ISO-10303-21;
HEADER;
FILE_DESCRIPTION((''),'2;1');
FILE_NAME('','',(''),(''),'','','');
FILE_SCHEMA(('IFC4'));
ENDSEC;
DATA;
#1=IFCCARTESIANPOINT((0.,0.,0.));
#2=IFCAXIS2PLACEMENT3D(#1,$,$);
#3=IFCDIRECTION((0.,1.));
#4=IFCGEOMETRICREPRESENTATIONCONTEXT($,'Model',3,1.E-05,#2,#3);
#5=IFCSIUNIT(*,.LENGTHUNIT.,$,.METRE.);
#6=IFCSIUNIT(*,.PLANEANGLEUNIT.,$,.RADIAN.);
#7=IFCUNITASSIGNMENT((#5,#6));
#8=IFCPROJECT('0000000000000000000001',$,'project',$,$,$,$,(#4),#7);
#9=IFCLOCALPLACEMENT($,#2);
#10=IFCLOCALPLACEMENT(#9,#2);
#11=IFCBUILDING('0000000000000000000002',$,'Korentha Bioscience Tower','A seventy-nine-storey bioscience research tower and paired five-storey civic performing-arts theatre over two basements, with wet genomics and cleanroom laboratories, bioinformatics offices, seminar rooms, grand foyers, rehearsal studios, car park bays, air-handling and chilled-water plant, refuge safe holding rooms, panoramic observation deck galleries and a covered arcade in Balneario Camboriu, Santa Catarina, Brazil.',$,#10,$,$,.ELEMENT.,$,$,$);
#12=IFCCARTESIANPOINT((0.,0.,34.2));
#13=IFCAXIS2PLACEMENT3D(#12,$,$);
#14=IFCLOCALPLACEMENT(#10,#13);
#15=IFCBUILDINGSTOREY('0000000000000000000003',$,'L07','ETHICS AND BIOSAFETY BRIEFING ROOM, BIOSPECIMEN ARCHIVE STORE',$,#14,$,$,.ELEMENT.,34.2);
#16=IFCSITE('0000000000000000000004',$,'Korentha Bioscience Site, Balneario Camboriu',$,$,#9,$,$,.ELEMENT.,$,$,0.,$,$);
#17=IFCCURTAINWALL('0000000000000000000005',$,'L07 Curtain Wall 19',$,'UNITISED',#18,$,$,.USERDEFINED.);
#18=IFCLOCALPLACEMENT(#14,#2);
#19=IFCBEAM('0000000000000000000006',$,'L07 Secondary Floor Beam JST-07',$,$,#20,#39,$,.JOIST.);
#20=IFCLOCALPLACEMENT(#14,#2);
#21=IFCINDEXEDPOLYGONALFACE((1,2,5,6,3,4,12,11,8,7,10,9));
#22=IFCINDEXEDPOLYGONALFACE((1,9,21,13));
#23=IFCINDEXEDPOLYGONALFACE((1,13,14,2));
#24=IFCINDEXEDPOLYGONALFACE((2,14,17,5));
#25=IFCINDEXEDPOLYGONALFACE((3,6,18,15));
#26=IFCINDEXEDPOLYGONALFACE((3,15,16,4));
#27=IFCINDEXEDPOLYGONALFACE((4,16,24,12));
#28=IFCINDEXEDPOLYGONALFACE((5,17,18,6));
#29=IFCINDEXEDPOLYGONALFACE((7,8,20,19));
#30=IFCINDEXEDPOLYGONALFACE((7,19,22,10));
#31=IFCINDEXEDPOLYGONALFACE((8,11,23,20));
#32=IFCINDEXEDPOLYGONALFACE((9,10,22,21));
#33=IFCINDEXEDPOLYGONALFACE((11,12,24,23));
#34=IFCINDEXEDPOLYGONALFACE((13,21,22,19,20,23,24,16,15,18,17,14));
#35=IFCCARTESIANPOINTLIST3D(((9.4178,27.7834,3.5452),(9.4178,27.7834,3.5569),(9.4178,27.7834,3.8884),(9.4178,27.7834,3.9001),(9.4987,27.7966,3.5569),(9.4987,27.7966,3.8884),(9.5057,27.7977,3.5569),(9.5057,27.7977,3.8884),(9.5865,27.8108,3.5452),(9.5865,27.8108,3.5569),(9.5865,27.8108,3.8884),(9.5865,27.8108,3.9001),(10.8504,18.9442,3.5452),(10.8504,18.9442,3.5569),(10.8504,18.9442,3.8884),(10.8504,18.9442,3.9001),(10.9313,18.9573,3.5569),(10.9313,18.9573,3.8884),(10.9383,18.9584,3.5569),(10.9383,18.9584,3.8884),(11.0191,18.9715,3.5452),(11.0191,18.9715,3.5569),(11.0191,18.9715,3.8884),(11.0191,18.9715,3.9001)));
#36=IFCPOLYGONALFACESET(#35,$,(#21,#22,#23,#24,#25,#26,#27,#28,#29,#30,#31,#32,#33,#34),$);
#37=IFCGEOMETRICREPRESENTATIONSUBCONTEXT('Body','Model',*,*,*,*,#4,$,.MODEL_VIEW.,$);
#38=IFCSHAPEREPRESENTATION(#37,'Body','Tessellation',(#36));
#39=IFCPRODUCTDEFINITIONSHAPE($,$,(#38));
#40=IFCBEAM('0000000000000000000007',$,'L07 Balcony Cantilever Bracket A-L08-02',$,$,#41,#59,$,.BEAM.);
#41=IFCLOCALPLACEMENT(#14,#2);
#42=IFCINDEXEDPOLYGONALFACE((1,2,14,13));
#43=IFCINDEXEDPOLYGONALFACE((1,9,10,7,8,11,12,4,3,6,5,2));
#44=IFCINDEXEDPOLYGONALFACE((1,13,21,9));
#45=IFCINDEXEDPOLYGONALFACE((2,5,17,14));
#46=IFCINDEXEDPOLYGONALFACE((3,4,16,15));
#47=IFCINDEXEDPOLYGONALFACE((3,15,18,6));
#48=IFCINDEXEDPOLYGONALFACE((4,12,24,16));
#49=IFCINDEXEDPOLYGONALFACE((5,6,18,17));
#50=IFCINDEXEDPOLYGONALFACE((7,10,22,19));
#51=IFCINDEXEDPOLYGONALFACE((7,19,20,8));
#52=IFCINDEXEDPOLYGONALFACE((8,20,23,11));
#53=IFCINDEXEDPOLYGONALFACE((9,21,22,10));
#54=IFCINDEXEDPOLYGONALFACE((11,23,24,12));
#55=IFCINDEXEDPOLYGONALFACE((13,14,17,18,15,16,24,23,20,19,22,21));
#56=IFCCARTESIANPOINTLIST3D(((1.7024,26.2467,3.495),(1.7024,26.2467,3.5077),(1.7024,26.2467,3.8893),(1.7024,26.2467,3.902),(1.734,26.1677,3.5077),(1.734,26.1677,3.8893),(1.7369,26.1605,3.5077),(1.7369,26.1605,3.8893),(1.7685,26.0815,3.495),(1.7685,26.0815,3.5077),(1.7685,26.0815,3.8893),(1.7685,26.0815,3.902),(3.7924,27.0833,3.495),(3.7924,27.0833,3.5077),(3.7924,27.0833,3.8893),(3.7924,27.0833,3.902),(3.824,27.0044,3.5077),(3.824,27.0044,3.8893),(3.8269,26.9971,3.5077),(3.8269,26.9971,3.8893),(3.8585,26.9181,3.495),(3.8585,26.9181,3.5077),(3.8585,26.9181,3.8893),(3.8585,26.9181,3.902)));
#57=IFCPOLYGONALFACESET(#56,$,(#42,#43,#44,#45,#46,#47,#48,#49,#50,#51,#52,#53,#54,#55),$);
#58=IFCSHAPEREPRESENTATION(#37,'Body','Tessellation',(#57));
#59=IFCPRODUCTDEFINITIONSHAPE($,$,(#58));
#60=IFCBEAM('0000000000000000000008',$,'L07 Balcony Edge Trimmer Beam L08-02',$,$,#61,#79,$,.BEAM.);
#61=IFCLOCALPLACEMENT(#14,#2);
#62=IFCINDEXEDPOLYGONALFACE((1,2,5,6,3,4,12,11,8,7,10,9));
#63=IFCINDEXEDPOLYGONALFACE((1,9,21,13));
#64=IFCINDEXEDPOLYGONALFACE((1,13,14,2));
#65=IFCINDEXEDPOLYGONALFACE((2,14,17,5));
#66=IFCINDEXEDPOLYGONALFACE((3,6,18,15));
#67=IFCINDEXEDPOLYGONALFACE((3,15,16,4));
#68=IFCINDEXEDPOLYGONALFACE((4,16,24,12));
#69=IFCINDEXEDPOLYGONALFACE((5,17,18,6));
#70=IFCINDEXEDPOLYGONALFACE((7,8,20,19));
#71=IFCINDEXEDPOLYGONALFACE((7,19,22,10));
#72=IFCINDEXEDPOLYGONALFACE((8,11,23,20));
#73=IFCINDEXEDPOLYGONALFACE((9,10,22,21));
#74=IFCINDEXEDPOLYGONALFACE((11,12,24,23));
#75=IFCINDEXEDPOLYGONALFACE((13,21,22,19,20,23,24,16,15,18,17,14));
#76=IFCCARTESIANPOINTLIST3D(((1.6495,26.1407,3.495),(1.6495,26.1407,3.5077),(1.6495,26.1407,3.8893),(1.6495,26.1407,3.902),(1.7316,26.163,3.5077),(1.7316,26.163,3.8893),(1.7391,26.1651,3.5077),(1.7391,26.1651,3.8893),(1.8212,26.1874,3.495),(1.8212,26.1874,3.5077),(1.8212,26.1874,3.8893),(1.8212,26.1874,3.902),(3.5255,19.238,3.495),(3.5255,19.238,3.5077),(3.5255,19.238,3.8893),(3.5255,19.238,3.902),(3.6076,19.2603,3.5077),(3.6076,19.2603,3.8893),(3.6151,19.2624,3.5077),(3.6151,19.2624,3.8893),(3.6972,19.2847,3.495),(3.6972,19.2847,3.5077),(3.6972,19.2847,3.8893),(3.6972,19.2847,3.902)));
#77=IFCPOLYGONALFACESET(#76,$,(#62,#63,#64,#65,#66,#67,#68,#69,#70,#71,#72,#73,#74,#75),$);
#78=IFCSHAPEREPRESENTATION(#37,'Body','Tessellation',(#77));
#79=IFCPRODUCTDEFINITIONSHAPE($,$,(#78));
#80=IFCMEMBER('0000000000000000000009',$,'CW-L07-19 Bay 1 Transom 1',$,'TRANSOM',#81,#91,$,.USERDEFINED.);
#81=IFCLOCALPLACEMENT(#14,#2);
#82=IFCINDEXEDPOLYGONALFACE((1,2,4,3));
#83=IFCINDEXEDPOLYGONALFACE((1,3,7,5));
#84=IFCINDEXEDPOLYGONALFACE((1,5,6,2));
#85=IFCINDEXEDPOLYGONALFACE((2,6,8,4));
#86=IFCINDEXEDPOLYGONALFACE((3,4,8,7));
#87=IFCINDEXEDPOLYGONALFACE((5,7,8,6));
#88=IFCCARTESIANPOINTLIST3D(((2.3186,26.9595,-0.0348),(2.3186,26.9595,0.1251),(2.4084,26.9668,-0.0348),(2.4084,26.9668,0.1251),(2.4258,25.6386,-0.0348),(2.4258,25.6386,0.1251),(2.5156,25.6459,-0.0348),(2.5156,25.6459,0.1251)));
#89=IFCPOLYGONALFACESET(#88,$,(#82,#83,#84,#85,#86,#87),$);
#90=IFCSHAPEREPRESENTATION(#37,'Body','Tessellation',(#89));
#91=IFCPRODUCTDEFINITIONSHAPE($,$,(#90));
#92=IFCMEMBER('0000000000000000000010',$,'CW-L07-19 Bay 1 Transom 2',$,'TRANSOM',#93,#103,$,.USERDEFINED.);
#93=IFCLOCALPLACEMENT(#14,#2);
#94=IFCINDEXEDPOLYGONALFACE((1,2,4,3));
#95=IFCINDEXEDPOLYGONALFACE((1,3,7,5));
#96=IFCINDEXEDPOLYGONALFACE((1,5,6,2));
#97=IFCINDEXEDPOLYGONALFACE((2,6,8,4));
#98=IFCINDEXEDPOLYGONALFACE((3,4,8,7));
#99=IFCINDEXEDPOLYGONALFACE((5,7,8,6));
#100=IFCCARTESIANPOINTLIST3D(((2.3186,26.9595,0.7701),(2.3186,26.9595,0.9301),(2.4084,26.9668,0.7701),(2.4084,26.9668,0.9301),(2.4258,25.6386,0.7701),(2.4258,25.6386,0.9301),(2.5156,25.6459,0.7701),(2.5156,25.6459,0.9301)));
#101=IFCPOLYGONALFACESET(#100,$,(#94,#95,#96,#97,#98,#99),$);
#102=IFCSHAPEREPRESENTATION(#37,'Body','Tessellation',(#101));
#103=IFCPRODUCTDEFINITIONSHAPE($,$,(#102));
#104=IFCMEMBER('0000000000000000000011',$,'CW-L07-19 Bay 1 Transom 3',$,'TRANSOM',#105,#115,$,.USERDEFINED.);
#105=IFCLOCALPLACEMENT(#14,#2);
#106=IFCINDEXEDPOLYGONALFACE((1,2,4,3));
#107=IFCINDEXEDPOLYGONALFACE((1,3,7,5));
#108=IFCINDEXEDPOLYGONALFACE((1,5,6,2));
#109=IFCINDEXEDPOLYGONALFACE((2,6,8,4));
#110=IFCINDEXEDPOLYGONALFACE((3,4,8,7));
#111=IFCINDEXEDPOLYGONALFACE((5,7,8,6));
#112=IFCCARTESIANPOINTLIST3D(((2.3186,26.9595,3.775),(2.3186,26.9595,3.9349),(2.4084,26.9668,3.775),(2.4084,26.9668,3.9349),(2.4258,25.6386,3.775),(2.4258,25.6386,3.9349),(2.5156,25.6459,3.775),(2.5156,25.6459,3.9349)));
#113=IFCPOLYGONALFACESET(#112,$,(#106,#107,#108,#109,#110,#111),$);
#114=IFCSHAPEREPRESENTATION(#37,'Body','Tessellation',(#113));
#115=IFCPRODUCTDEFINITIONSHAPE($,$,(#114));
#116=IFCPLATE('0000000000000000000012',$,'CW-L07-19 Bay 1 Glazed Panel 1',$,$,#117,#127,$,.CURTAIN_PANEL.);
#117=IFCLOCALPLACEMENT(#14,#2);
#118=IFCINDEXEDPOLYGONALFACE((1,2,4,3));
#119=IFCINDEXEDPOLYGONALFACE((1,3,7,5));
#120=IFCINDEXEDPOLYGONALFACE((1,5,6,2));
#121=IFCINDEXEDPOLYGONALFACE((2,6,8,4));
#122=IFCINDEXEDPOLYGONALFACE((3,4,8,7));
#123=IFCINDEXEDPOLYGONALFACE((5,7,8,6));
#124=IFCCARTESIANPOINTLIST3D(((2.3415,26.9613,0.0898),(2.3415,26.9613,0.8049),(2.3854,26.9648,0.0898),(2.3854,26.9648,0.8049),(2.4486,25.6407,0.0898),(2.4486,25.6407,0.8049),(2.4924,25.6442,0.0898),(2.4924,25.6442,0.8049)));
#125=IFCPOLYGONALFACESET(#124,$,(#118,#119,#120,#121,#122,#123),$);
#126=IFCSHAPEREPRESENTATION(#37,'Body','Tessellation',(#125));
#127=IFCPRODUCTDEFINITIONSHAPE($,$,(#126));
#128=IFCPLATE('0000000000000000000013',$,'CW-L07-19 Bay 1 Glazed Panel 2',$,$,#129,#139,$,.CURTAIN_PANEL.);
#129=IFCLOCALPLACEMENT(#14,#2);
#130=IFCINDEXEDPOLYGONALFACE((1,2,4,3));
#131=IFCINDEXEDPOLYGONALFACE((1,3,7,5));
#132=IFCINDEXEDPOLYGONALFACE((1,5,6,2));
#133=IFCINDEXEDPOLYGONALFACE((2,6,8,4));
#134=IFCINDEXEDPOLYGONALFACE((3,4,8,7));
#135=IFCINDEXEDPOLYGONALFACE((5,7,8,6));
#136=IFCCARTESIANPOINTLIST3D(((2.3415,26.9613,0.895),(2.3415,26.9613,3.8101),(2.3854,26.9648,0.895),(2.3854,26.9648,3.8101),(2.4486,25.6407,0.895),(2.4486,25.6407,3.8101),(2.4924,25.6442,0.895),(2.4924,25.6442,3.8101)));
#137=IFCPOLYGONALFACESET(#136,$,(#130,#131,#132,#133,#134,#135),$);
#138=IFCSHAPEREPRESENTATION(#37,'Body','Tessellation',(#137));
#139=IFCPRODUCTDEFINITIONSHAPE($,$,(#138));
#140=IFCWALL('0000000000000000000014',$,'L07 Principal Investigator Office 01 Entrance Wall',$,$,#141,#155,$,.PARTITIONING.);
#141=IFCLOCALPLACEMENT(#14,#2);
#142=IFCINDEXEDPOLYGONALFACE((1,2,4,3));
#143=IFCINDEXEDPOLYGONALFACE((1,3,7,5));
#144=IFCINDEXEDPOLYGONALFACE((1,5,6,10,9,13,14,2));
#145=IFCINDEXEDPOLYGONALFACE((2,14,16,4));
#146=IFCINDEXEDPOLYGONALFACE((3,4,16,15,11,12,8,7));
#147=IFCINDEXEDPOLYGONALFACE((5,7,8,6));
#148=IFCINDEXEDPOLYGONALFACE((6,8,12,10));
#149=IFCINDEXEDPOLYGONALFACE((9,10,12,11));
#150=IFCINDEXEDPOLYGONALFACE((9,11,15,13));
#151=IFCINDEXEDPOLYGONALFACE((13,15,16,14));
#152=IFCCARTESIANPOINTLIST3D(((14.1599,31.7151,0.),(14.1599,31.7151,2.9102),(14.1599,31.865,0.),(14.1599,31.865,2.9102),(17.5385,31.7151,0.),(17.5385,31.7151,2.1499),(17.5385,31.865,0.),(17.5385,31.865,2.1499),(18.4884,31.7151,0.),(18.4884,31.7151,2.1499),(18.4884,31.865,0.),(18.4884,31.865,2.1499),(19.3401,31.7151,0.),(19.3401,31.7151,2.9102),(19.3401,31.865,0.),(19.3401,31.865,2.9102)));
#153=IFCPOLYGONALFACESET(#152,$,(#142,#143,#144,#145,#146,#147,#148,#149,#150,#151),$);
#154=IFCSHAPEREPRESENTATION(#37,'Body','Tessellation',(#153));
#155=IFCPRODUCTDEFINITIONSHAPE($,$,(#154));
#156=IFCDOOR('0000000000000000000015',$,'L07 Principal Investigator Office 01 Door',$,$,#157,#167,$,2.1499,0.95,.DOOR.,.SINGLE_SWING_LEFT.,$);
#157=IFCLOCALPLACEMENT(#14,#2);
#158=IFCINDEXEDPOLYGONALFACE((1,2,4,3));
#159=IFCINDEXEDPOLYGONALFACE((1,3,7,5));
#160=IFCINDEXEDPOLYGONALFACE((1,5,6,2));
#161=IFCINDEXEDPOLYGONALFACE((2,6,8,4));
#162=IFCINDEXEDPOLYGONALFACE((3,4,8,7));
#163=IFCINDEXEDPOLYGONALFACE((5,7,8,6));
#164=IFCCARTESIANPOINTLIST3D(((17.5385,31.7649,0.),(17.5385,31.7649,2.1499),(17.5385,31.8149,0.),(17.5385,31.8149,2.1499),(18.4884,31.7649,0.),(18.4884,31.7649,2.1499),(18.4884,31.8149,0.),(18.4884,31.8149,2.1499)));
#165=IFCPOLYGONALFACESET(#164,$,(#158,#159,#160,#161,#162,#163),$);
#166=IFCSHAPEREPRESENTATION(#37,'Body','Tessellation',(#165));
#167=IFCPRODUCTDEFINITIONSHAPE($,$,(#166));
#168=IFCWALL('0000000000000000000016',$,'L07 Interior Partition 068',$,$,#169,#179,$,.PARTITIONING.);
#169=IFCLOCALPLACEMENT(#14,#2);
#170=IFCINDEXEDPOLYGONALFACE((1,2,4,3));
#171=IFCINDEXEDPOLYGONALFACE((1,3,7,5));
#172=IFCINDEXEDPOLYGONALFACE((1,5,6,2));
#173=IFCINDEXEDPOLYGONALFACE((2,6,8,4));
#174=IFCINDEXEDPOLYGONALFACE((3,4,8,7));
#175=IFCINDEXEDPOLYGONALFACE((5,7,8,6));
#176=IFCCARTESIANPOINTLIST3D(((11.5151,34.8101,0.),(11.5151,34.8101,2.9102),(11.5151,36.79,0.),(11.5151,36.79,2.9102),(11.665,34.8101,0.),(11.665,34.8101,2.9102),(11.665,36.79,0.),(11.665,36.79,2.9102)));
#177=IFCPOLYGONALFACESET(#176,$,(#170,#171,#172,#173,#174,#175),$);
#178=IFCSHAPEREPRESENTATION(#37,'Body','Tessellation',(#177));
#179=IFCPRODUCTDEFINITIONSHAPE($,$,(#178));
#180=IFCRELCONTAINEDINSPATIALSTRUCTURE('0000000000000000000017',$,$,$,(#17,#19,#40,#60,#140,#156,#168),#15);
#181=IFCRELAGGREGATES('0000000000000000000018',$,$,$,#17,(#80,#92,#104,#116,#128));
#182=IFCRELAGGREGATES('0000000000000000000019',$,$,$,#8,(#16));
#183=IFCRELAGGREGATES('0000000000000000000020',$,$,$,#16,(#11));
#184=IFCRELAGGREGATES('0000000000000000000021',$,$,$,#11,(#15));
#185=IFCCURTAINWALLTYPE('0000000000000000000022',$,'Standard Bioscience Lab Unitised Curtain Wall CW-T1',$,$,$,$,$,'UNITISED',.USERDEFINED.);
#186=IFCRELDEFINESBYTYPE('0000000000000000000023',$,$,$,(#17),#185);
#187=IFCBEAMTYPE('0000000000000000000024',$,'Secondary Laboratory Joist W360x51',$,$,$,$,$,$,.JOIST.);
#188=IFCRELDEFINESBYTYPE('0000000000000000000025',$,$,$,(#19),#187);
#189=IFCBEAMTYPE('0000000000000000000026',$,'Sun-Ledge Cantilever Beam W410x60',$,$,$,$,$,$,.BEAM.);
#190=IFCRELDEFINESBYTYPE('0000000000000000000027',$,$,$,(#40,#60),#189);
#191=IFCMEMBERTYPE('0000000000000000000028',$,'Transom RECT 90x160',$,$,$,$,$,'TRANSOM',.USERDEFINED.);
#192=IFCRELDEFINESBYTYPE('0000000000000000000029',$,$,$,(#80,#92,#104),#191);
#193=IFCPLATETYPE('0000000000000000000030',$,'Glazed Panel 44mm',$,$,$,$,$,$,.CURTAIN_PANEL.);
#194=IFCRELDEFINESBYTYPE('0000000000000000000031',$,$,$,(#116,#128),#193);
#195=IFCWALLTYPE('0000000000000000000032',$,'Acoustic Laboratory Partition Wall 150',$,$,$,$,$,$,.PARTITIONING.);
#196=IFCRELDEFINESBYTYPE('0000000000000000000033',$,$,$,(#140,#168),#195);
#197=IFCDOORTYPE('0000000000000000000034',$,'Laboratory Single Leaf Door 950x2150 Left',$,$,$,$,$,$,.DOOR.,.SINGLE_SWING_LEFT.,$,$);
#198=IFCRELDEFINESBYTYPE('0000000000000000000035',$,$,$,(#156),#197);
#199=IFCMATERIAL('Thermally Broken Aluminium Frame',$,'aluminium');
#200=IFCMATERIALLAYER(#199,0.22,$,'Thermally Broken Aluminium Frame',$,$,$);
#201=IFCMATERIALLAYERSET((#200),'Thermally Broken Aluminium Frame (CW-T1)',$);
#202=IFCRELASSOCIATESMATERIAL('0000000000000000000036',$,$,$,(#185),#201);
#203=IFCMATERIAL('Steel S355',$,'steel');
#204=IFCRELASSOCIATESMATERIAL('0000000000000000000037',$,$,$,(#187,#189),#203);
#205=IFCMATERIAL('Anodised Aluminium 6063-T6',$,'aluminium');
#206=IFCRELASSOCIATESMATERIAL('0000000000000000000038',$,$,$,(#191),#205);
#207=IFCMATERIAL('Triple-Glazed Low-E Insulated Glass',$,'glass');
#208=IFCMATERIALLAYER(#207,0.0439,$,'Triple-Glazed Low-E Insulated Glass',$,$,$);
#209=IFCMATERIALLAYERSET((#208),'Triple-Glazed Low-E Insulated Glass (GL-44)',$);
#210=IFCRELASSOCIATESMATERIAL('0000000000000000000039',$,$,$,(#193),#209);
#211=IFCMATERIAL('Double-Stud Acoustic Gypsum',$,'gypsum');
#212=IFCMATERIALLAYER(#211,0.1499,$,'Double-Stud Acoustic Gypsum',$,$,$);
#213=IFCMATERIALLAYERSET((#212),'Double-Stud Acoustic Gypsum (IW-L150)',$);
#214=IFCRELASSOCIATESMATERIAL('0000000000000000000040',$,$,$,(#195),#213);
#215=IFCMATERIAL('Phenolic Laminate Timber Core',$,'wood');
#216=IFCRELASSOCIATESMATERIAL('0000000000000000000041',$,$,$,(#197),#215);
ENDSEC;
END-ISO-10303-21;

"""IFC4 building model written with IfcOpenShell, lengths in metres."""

from ifc_helpers import new_model, si_unit, direction, frame, frame_2d, origin, origin_2d, place, context, subcontext, project, spatial, rectangle, i_section, extrude, material, layer, layer_set, material_profile, profile_set, type_object, element, fill, aggregate, save


model = new_model("IFC4")

# Units and contexts
model_context = context("Model", 3, precision=1e-05, world=origin(), true_north=direction((0.0, 1.0)))
body_context = subcontext(model_context, "Body", "Model", "MODEL_VIEW")
ifc_project = project(units=[si_unit("LENGTHUNIT", "METRE"), si_unit("PLANEANGLEUNIT", "RADIAN")], contexts=[model_context])

# Site, building, storey
site_placement = place(None, origin())
site = spatial("IfcSite", under=ifc_project, at=site_placement, Name="Korentha Bioscience Site, Balneario Camboriu", CompositionType="ELEMENT", RefElevation=0.0)
building_placement = place(site_placement, origin())
building = spatial("IfcBuilding", under=site, at=building_placement, Name="Korentha Bioscience Tower", Description="A seventy-nine-storey bioscience research tower and paired five-storey civic performing-arts theatre over two basements, with wet genomics and cleanroom laboratories, bioinformatics offices, seminar rooms, grand foyers, rehearsal studios, car park bays, air-handling and chilled-water plant, refuge safe holding rooms, panoramic observation deck galleries and a covered arcade in Balneario Camboriu, Santa Catarina, Brazil.", CompositionType="ELEMENT")
storey_placement = place(building_placement, frame((0.0, 0.0, 34.2)))
storey = spatial("IfcBuildingStorey", under=building, at=storey_placement, Name="L07", Description="ETHICS AND BIOSAFETY BRIEFING ROOM, BIOSPECIMEN ARCHIVE STORE", CompositionType="ELEMENT", Elevation=34.2)

# Curtain wall
ifc_material_1 = material(Name="Thermally Broken Aluminium Frame", Category="aluminium")
ifc_layer_1 = layer(ifc_material_1, 0.22, Name="Thermally Broken Aluminium Frame")
ifc_layer_set_1 = layer_set([ifc_layer_1], Name="Thermally Broken Aluminium Frame (CW-T1)")
curtain_wall_type = type_object("IfcCurtainWallType", Name="Standard Bioscience Lab Unitised Curtain Wall CW-T1", ElementType="UNITISED", PredefinedType="USERDEFINED", material=ifc_layer_set_1)
curtain_wall_placement = place(storey_placement, origin())
curtain_wall = element("IfcCurtainWall", 1, at=curtain_wall_placement, inside=storey, type_object=curtain_wall_type, Name="L07 Curtain Wall 19", ObjectType="UNITISED", PredefinedType="USERDEFINED")
ifc_material_2 = material(Name="Anodised Aluminium 6063-T6", Category="aluminium")

# Beams
ifc_material_3 = material(Name="Steel S355", Category="steel")
ifc_material_profile_1 = material_profile(ifc_material_3, i_section(OverallWidth=0.1709, OverallDepth=0.355, WebThickness=0.0071, FlangeThickness=0.0117, at=origin_2d()), Name="Steel S355")
ifc_profile_set_1 = profile_set([ifc_material_profile_1], Name="Steel S355 (JB-360)")
beam_type_1 = type_object("IfcBeamType", Name="Secondary Laboratory Joist W360x51", PredefinedType="JOIST", material=ifc_profile_set_1)
beam_1_placement = place(storey_placement, frame((9.5022, 27.7971, 3.7227), z_axis=(0.159985, -0.987119, 0.0), x_axis=(0.987119, 0.159985, 0.0)))
element("IfcBeam", 2, at=beam_1_placement, inside=storey, type_object=beam_type_1, Name="L07 Secondary Floor Beam JST-07", PredefinedType="JOIST", context=body_context, shape_type="SweptSolid", body=[
    extrude(i_section(OverallWidth=0.1709, OverallDepth=0.355, WebThickness=0.0071, FlangeThickness=0.0117, at=origin_2d()), origin(), (0.0, 0.0, 1.0), 8.9546),
])
ifc_material_profile_2 = material_profile(ifc_material_3, i_section(OverallWidth=0.178, OverallDepth=0.407, WebThickness=0.0078, FlangeThickness=0.0127, at=origin_2d()), Name="Steel S355")
ifc_profile_set_2 = profile_set([ifc_material_profile_2], Name="Steel S355 (CB-410)")
beam_type_2 = type_object("IfcBeamType", Name="Sun-Ledge Cantilever Beam W410x60", PredefinedType="BEAM", material=ifc_profile_set_2)
beam_2_placement = place(storey_placement, frame((3.8254, 27.0007, 3.6985), z_axis=(-0.928379, -0.371634, 0.0), x_axis=(0.371634, -0.928379, 0.0)))
element("IfcBeam", 3, at=beam_2_placement, inside=storey, type_object=beam_type_2, Name="L07 Balcony Cantilever Bracket A-L08-02", PredefinedType="BEAM", context=body_context, shape_type="SweptSolid", body=[
    extrude(i_section(OverallWidth=0.178, OverallDepth=0.407, WebThickness=0.0078, FlangeThickness=0.0127, at=origin_2d()), origin(), (0.0, 0.0, 1.0), 2.2512),
])
beam_3_placement = place(storey_placement, frame((1.7354, 26.1641, 3.6985), z_axis=(0.262265, -0.964996, 0.0), x_axis=(0.964996, 0.262265, 0.0)))
element("IfcBeam", 4, at=beam_3_placement, inside=storey, type_object=beam_type_2, Name="L07 Balcony Edge Trimmer Beam L08-02", PredefinedType="BEAM", context=body_context, shape_type="SweptSolid", body=[
    extrude(i_section(OverallWidth=0.178, OverallDepth=0.407, WebThickness=0.0078, FlangeThickness=0.0127, at=origin_2d()), origin(), (0.0, 0.0, 1.0), 7.1531),
])

# Members
ifc_material_profile_3 = material_profile(ifc_material_2, rectangle(XDim=0.0901, YDim=0.1599, at=origin_2d()), Name="Anodised Aluminium 6063-T6")
ifc_profile_set_3 = profile_set([ifc_material_profile_3], Name="Anodised Aluminium 6063-T6 (CW-TRN)")
member_type_1 = type_object("IfcMemberType", Name="Transom RECT 90x160", ElementType="TRANSOM", PredefinedType="USERDEFINED", material=ifc_profile_set_3)
member_1_placement = place(storey_placement, frame((2.3635, 26.9631, 0.0452), z_axis=(0.08088, -0.996724, 0.0), x_axis=(0.996724, 0.08088, 0.0)))
member_1 = element("IfcMember", 5, at=member_1_placement, type_object=member_type_1, Name="CW-L07-19 Bay 1 Transom 1", ObjectType="TRANSOM", PredefinedType="USERDEFINED", context=body_context, shape_type="SweptSolid", body=[
    extrude(rectangle(XDim=0.0901, YDim=0.1599, at=origin_2d()), origin(), (0.0, 0.0, 1.0), 1.3252),
])
member_2_placement = place(storey_placement, frame((2.3635, 26.9631, 0.8501), z_axis=(0.08088, -0.996724, 0.0), x_axis=(0.996724, 0.08088, 0.0)))
member_2 = element("IfcMember", 6, at=member_2_placement, type_object=member_type_1, Name="CW-L07-19 Bay 1 Transom 2", ObjectType="TRANSOM", PredefinedType="USERDEFINED", context=body_context, shape_type="SweptSolid", body=[
    extrude(rectangle(XDim=0.0901, YDim=0.1599, at=origin_2d()), origin(), (0.0, 0.0, 1.0), 1.3252),
])
member_3_placement = place(storey_placement, frame((2.3635, 26.9631, 3.855), z_axis=(0.08088, -0.996724, 0.0), x_axis=(0.996724, 0.08088, 0.0)))
member_3 = element("IfcMember", 7, at=member_3_placement, type_object=member_type_1, Name="CW-L07-19 Bay 1 Transom 3", ObjectType="TRANSOM", PredefinedType="USERDEFINED", context=body_context, shape_type="SweptSolid", body=[
    extrude(rectangle(XDim=0.0901, YDim=0.1599, at=origin_2d()), origin(), (0.0, 0.0, 1.0), 1.3252),
])

# Plates
ifc_material_4 = material(Name="Triple-Glazed Low-E Insulated Glass", Category="glass")
ifc_layer_2 = layer(ifc_material_4, 0.0439, Name="Triple-Glazed Low-E Insulated Glass")
ifc_layer_set_2 = layer_set([ifc_layer_2], Name="Triple-Glazed Low-E Insulated Glass (GL-44)")
plate_type = type_object("IfcPlateType", Name="Glazed Panel 44mm", PredefinedType="CURTAIN_PANEL", material=ifc_layer_set_2)
plate_1_placement = place(storey_placement, frame((2.417, 26.3027, 0.0898), z_axis=(0.0, 0.0, 1.0), x_axis=(0.08082, -0.996729, 0.0)))
plate_1 = element("IfcPlate", 8, at=plate_1_placement, type_object=plate_type, Name="CW-L07-19 Bay 1 Glazed Panel 1", PredefinedType="CURTAIN_PANEL", context=body_context, shape_type="SweptSolid", body=[
    extrude(rectangle(XDim=1.325, YDim=0.0439, at=origin_2d()), origin(), (0.0, 0.0, 1.0), 0.7151),
])
plate_2_placement = place(storey_placement, frame((2.417, 26.3027, 0.895), z_axis=(0.0, 0.0, 1.0), x_axis=(0.08082, -0.996729, 0.0)))
plate_2 = element("IfcPlate", 9, at=plate_2_placement, type_object=plate_type, Name="CW-L07-19 Bay 1 Glazed Panel 2", PredefinedType="CURTAIN_PANEL", context=body_context, shape_type="SweptSolid", body=[
    extrude(rectangle(XDim=1.325, YDim=0.0439, at=origin_2d()), origin(), (0.0, 0.0, 1.0), 2.915),
])
aggregate(curtain_wall, [member_1, member_2, member_3, plate_1, plate_2])

# Wall, opening, door
ifc_material_5 = material(Name="Double-Stud Acoustic Gypsum", Category="gypsum")
ifc_layer_3 = layer(ifc_material_5, 0.1499, Name="Double-Stud Acoustic Gypsum")
ifc_layer_set_3 = layer_set([ifc_layer_3], Name="Double-Stud Acoustic Gypsum (IW-L150)")
wall_type_1 = type_object("IfcWallType", Name="Acoustic Laboratory Partition Wall 150", PredefinedType="PARTITIONING", material=ifc_layer_set_3)
wall_1_placement = place(storey_placement, frame((14.1599, 31.79, 0.0), z_axis=(0.0, 0.0, 1.0), x_axis=(1.0, 0.0, 0.0)))
wall_1 = element("IfcWall", 10, at=wall_1_placement, inside=storey, type_object=wall_type_1, Name="L07 Principal Investigator Office 01 Entrance Wall", PredefinedType="PARTITIONING", context=body_context, shape_type="SweptSolid", body=[
    extrude(rectangle(XDim=5.1802, YDim=0.1499, at=frame_2d((2.5901, 0.0))), origin(), (0.0, 0.0, 1.0), 2.9102),
])
opening_1_placement = place(wall_1_placement, frame((3.3784, 0.0, 0.0)))
opening_1 = element("IfcOpeningElement", 11, at=opening_1_placement, cuts=wall_1, PredefinedType="OPENING", context=body_context, shape_type="SweptSolid", body=[
    extrude(rectangle(XDim=0.95, YDim=2.1499, at=frame_2d((0.4751, 1.075))), frame((0.0, 0.0898, 0.0), z_axis=(0.0, -1.0, 0.0), x_axis=(1.0, 0.0, 0.0)), (0.0, 0.0, 1.0), 0.1797),
])
ifc_material_6 = material(Name="Phenolic Laminate Timber Core", Category="wood")
door_type_1 = type_object("IfcDoorType", Name="Laboratory Single Leaf Door 950x2150 Left", OperationType="SINGLE_SWING_LEFT", PredefinedType="DOOR", material=ifc_material_6)
door_1_placement = place(opening_1_placement, origin())
door_1 = element("IfcDoor", 12, at=door_1_placement, inside=storey, type_object=door_type_1, Name="L07 Principal Investigator Office 01 Door", OperationType="SINGLE_SWING_LEFT", OverallHeight=2.1499, OverallWidth=0.95, PredefinedType="DOOR", context=body_context, shape_type="SweptSolid", body=[
    extrude(rectangle(XDim=0.95, YDim=2.1499, at=frame_2d((0.4751, 1.075))), frame((0.0, 0.0249, 0.0), z_axis=(0.0, -1.0, 0.0), x_axis=(1.0, 0.0, 0.0)), (0.0, 0.0, 1.0), 0.05),
])
fill(opening_1, door_1)

# Wall
wall_2_placement = place(storey_placement, frame((11.5901, 34.8101, 0.0), z_axis=(0.0, 0.0, 1.0), x_axis=(0.0, 1.0, 0.0)))
element("IfcWall", 13, at=wall_2_placement, inside=storey, type_object=wall_type_1, Name="L07 Interior Partition 068", PredefinedType="PARTITIONING", context=body_context, shape_type="SweptSolid", body=[
    extrude(rectangle(XDim=1.98, YDim=0.1499, at=frame_2d((0.99, 0.0))), origin(), (0.0, 0.0, 1.0), 2.9102),
])

save(model, "model.ifc")
